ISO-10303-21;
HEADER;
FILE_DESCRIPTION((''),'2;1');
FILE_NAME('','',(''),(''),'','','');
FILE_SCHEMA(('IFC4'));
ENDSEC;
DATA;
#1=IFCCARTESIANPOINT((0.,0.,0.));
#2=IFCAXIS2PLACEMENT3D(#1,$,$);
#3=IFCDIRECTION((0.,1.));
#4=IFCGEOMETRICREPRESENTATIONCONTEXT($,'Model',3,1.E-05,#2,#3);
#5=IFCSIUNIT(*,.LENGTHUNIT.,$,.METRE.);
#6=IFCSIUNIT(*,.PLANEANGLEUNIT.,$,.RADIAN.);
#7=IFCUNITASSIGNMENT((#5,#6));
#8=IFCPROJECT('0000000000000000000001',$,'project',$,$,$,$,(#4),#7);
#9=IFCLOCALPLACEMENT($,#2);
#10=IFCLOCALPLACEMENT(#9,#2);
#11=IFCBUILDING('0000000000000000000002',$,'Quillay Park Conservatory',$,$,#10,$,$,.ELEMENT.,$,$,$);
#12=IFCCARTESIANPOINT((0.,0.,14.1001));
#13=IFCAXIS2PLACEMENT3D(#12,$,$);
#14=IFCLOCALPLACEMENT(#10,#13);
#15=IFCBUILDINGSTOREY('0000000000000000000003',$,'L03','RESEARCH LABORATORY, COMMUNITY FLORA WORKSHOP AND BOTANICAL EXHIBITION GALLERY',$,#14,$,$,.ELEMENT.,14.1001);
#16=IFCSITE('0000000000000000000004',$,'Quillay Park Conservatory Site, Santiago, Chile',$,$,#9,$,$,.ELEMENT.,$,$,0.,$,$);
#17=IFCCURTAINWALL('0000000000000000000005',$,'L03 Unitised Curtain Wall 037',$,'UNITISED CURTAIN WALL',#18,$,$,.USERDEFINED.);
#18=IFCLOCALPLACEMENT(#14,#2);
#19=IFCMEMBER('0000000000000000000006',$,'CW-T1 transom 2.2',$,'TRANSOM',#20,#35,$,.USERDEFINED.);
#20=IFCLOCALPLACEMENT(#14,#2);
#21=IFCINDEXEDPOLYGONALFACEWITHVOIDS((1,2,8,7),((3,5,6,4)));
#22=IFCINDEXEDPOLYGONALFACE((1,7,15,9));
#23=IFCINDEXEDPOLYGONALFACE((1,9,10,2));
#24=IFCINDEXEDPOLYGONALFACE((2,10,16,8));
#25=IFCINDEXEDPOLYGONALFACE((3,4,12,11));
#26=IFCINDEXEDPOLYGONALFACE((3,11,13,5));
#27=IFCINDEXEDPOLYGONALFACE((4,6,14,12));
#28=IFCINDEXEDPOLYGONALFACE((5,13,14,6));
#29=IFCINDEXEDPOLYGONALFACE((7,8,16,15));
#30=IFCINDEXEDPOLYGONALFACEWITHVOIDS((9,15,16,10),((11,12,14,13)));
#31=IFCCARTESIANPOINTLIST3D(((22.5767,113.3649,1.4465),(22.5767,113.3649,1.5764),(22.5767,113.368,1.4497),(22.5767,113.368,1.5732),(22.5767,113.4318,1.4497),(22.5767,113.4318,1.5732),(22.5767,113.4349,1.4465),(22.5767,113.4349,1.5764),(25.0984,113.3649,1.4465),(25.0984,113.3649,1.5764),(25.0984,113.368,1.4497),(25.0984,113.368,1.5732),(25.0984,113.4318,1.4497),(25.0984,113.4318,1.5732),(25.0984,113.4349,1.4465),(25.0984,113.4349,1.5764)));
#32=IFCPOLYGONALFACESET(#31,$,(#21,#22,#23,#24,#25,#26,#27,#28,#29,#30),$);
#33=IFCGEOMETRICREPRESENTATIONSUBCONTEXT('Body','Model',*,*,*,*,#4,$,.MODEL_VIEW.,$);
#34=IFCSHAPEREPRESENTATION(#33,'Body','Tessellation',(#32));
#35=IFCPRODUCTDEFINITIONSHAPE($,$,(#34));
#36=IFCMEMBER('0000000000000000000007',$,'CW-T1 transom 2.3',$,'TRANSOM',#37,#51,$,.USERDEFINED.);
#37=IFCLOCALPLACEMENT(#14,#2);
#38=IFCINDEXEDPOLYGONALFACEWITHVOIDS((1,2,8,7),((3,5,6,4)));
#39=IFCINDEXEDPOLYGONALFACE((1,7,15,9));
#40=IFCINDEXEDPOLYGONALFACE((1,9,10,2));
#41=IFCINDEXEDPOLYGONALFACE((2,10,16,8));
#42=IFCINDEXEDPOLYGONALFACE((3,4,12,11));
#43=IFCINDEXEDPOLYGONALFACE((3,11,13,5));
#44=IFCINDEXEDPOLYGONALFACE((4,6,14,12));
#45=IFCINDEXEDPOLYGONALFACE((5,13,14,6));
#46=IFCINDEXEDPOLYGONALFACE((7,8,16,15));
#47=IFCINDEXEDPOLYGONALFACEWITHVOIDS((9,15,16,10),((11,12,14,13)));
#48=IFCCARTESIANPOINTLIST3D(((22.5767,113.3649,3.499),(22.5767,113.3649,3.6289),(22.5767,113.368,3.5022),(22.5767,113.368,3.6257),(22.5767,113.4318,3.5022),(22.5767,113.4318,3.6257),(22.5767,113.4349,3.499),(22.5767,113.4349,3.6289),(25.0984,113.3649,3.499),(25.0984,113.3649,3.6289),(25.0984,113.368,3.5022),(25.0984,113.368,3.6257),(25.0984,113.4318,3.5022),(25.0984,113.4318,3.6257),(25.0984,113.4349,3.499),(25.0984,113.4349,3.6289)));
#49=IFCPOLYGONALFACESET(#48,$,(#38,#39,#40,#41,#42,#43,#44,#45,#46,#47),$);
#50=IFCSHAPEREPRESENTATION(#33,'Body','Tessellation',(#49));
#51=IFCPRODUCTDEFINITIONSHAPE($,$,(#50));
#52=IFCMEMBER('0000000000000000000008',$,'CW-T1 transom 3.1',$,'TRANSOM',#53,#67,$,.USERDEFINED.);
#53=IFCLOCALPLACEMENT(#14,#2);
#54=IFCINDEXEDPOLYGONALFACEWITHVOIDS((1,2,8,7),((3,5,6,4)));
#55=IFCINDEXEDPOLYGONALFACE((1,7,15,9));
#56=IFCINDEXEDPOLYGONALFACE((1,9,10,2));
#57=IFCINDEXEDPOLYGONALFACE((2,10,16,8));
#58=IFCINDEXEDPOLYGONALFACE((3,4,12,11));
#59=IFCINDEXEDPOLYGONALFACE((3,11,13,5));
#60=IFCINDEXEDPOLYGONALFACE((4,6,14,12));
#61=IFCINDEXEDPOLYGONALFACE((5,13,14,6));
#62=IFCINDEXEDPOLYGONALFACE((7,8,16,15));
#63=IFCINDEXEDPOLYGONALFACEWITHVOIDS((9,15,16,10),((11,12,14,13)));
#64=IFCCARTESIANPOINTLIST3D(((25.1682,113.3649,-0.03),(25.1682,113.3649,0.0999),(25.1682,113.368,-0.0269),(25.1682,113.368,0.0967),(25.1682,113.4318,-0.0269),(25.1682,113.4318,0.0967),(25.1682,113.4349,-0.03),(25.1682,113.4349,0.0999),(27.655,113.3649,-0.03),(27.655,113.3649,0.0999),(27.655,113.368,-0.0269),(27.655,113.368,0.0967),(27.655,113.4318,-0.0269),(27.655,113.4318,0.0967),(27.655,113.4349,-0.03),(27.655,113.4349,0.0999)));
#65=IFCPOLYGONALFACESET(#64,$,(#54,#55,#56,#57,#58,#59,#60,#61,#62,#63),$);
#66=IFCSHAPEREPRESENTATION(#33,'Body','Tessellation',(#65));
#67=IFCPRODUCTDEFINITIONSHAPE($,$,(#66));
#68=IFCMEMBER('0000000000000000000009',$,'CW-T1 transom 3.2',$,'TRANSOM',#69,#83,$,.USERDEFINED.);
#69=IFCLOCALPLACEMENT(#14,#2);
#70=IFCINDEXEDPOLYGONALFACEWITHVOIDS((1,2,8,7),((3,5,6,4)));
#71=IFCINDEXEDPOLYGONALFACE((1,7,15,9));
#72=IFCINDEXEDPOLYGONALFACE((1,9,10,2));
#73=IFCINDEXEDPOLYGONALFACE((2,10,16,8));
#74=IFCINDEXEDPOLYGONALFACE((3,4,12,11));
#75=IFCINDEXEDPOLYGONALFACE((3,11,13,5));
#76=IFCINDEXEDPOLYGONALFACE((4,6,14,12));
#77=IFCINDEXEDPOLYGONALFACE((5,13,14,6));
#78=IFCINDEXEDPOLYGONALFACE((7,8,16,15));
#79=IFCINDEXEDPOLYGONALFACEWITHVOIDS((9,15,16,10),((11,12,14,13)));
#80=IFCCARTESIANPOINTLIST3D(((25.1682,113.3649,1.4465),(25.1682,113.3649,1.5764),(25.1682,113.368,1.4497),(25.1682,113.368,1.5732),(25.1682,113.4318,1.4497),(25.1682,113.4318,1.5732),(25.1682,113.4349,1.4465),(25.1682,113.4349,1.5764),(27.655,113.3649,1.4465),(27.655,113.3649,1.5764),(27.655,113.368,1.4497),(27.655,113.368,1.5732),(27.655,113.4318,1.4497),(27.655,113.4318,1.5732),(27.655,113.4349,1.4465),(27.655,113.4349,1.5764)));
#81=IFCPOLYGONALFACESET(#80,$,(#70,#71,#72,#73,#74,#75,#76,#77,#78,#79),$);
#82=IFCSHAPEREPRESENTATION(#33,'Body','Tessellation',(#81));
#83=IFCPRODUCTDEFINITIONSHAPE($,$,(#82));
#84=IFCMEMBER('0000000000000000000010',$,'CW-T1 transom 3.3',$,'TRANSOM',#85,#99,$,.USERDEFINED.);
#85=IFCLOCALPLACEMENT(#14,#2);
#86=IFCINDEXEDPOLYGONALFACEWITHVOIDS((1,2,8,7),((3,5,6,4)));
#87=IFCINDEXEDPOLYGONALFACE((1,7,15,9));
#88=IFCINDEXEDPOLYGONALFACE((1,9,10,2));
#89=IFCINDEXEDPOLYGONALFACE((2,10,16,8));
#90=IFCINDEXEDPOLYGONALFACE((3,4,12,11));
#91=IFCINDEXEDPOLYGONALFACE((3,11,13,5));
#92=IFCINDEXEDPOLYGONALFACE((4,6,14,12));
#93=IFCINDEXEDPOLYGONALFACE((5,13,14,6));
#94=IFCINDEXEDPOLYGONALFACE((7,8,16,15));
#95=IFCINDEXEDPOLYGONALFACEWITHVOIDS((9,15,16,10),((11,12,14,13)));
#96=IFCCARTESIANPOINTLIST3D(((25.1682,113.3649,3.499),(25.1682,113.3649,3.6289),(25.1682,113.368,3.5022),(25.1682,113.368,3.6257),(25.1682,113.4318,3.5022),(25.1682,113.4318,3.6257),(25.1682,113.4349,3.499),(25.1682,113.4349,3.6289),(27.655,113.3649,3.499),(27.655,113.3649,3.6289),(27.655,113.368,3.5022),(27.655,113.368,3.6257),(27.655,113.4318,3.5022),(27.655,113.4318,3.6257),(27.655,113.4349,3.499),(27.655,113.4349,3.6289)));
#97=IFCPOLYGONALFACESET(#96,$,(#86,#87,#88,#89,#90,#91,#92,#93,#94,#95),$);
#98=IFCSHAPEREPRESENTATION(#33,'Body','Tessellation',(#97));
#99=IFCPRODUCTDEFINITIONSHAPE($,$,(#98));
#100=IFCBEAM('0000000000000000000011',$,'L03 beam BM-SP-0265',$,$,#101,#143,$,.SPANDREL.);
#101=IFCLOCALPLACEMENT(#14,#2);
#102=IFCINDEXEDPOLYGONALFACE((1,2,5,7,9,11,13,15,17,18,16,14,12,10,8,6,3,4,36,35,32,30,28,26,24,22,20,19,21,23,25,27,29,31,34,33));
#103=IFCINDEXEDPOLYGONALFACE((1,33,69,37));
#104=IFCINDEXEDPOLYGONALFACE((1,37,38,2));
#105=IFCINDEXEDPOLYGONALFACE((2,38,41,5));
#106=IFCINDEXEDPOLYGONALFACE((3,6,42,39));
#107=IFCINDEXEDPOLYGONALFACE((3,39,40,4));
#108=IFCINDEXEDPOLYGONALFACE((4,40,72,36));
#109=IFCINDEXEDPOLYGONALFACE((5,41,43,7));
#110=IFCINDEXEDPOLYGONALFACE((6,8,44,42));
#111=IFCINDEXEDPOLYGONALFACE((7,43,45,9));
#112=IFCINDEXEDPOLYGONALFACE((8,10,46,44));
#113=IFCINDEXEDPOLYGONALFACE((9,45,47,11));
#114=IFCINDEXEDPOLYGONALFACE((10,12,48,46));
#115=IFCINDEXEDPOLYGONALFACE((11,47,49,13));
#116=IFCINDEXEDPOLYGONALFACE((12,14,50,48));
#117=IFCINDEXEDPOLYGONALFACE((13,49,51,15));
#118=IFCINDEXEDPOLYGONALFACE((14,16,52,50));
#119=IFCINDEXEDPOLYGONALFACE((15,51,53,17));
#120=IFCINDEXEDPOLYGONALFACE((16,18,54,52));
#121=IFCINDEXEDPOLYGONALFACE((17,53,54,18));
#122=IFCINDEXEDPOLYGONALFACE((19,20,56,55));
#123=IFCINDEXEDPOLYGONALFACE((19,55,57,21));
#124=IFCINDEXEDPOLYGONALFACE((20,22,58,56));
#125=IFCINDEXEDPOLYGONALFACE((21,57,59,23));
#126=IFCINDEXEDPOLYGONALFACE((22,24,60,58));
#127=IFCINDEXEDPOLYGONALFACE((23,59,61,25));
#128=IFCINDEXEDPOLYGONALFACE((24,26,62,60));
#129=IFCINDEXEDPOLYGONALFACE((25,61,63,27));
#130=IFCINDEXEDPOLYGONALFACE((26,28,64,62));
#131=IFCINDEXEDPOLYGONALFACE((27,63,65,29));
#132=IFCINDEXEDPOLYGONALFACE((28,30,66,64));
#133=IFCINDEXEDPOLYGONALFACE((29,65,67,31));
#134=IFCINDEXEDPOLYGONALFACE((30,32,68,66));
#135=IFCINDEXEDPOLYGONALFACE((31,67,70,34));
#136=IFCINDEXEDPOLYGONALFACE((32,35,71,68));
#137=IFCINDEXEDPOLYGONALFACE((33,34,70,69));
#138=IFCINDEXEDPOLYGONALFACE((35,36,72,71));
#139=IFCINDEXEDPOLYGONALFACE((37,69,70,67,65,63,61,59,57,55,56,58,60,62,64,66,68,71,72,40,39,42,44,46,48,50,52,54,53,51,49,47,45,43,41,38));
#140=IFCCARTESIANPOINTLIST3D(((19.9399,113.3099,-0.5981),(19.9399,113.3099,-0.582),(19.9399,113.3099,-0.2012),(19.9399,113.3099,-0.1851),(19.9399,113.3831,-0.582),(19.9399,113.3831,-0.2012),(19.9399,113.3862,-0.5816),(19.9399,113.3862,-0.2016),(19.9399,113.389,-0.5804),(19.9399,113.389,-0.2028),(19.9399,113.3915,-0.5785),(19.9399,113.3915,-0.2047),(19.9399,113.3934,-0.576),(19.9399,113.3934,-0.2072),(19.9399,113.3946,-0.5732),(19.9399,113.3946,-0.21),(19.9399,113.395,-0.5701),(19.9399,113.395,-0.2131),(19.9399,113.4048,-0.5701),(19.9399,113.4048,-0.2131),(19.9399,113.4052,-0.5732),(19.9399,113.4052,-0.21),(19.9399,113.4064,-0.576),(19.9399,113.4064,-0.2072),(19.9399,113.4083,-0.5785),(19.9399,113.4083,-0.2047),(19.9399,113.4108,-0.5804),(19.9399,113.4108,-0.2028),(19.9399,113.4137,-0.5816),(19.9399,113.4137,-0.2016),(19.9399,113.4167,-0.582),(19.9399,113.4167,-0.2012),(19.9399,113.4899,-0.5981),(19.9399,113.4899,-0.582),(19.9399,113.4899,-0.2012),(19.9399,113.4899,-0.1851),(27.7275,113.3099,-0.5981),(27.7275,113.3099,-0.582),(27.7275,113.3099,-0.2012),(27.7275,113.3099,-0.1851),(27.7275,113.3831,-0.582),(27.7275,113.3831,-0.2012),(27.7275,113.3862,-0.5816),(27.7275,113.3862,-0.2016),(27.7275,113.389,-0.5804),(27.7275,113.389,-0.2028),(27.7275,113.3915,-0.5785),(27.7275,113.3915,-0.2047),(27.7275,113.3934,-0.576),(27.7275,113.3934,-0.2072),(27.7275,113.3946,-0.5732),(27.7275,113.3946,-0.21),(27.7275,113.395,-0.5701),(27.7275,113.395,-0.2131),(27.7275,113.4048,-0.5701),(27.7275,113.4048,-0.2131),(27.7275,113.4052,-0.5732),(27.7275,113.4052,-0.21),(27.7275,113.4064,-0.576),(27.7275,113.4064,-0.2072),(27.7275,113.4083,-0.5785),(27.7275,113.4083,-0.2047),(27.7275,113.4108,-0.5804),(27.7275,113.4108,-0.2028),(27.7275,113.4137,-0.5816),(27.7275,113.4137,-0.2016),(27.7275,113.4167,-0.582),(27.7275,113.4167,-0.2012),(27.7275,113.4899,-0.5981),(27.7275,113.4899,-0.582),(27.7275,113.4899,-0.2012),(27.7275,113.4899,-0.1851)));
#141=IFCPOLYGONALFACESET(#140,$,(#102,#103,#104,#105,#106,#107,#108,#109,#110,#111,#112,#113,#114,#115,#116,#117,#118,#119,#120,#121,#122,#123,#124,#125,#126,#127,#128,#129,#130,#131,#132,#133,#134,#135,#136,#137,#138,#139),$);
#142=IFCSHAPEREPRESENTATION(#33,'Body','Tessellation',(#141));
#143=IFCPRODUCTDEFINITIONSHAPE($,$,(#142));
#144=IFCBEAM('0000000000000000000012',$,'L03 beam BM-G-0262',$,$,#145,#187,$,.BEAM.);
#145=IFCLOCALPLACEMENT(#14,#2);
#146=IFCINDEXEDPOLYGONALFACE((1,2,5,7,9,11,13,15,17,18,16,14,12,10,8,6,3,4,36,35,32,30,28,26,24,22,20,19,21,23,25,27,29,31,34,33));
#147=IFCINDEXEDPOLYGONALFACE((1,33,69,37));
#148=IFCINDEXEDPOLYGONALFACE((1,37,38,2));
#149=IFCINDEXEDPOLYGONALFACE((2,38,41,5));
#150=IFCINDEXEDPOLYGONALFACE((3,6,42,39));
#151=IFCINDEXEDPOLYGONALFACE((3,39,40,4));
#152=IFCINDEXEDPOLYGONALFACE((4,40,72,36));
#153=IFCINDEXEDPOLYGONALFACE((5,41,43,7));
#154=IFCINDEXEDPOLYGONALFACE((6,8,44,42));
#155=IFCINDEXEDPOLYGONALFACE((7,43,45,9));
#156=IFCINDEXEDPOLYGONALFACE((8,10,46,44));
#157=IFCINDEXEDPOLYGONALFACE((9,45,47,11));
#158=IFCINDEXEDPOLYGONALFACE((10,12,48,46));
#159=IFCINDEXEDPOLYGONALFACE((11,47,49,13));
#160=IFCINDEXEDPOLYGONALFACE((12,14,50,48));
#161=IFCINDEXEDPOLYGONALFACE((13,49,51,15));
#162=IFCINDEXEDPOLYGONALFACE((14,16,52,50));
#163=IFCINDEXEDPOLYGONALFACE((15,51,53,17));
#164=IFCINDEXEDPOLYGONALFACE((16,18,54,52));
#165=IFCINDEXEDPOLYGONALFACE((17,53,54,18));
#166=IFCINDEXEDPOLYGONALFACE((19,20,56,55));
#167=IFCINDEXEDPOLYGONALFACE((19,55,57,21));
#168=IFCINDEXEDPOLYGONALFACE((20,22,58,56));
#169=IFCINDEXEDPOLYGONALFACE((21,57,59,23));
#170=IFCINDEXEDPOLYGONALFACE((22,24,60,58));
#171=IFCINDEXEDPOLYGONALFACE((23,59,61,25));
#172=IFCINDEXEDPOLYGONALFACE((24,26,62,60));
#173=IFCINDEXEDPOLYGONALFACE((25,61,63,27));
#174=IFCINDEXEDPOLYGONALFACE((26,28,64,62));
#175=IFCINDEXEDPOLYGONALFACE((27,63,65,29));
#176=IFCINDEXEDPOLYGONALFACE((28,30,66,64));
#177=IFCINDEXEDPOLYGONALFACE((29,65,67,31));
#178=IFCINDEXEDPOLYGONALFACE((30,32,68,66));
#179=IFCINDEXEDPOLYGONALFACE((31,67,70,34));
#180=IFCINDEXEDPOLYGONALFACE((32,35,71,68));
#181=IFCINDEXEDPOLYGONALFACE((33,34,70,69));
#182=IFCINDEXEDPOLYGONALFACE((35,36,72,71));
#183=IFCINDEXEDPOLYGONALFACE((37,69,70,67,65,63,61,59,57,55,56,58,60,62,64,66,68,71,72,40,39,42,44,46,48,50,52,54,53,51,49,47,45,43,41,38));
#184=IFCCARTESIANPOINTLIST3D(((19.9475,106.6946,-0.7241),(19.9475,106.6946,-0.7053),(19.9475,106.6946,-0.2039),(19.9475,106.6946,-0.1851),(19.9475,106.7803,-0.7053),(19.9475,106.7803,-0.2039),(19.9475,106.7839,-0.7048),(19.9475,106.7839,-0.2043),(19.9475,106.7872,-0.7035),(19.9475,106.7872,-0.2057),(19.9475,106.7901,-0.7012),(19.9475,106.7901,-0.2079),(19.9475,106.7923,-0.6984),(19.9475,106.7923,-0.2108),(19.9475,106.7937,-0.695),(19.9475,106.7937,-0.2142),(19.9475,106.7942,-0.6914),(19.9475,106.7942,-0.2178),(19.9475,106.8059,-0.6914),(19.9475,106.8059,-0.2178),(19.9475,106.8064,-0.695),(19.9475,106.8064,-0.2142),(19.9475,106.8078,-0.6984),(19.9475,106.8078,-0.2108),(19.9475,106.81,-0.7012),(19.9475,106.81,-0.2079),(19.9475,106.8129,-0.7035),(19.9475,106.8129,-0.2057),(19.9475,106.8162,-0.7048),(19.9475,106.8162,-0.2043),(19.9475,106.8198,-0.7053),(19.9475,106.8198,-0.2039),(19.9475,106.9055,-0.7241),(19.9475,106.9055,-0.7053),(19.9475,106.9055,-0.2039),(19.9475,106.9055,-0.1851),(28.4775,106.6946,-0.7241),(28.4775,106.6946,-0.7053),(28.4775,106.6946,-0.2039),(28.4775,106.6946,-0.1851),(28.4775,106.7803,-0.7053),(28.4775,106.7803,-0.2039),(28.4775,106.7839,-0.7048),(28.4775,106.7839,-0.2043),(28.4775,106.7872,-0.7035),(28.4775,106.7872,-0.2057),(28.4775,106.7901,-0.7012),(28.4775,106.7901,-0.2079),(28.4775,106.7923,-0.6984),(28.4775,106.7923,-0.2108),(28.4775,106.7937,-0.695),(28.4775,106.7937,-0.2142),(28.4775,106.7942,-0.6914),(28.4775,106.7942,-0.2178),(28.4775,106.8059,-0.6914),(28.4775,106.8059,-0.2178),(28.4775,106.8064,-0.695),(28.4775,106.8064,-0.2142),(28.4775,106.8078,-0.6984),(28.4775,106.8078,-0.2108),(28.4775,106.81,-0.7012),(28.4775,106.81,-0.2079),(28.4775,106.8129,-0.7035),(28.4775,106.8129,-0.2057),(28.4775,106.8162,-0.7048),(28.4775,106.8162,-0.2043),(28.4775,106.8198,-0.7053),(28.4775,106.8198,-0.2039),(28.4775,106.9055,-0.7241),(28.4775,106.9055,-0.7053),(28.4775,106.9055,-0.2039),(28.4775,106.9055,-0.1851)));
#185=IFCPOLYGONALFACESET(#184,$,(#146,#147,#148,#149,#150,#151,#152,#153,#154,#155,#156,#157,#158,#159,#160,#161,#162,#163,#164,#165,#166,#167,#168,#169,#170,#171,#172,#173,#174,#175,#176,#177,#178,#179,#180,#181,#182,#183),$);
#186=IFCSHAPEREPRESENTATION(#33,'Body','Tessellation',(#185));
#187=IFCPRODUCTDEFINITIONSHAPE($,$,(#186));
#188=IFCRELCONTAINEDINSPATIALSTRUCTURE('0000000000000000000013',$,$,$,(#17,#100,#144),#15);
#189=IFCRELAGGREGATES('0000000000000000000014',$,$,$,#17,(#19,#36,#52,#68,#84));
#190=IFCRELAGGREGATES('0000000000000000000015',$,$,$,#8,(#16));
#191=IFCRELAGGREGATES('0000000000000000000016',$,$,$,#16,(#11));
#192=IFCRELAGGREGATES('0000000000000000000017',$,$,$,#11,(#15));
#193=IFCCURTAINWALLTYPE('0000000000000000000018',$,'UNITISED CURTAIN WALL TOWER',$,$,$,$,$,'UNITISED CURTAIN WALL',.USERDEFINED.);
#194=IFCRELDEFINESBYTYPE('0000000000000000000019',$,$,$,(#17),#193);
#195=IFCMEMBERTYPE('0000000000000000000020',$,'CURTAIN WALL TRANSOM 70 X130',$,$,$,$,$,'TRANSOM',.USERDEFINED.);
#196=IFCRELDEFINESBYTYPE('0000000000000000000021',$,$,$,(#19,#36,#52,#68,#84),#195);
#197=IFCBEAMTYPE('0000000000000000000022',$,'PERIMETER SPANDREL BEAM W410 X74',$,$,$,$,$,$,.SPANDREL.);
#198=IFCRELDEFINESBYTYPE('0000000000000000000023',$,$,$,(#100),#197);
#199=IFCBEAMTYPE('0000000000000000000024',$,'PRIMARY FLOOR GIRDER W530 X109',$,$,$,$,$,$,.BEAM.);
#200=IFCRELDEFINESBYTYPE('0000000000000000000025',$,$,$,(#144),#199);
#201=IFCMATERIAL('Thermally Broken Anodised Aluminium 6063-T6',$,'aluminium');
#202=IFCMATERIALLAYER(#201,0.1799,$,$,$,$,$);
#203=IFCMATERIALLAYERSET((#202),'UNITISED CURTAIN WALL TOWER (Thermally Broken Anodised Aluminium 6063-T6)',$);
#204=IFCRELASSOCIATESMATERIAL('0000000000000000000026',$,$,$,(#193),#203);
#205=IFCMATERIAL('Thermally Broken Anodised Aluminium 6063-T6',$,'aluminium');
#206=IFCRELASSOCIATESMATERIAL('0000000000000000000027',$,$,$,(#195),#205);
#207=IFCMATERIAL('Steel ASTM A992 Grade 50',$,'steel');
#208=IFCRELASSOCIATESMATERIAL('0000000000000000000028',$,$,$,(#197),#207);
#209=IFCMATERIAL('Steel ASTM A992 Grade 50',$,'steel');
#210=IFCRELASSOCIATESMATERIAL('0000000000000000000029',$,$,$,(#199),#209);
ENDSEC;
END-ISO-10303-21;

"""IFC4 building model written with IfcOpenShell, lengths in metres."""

from ifc_helpers import new_model, si_unit, direction, frame, origin, origin_2d, place, context, subcontext, project, spatial, hollow_rectangle, i_section, extrude, material, layer, layer_set, material_profile, profile_set, type_object, element, aggregate, save


model = new_model("IFC4")

# Units and contexts
model_context = context("Model", 3, precision=1e-05, world=origin(), true_north=direction((0.0, 1.0)))
body_context = subcontext(model_context, "Body", "Model", "MODEL_VIEW")
ifc_project = project(units=[si_unit("LENGTHUNIT", "METRE"), si_unit("PLANEANGLEUNIT", "RADIAN")], contexts=[model_context])

# Site, building, storey
site_placement = place(None, origin())
site = spatial("IfcSite", under=ifc_project, at=site_placement, Name="Quillay Park Conservatory Site, Santiago, Chile", CompositionType="ELEMENT", RefElevation=0.0)
building_placement = place(site_placement, origin())
building = spatial("IfcBuilding", under=site, at=building_placement, Name="Quillay Park Conservatory", CompositionType="ELEMENT")
storey_placement = place(building_placement, frame((0.0, 0.0, 14.1001)))
storey = spatial("IfcBuildingStorey", under=building, at=storey_placement, Name="L03", Description="RESEARCH LABORATORY, COMMUNITY FLORA WORKSHOP AND BOTANICAL EXHIBITION GALLERY", CompositionType="ELEMENT", Elevation=14.1001)

# Curtain wall, members
ifc_material_1 = material(Name="Thermally Broken Anodised Aluminium 6063-T6", Category="aluminium")
ifc_layer_1 = layer(ifc_material_1, 0.1799)
ifc_layer_set_1 = layer_set([ifc_layer_1], Name="UNITISED CURTAIN WALL TOWER (Thermally Broken Anodised Aluminium 6063-T6)")
curtain_wall_type = type_object("IfcCurtainWallType", Name="UNITISED CURTAIN WALL TOWER", ElementType="UNITISED CURTAIN WALL", PredefinedType="USERDEFINED", material=ifc_layer_set_1)
curtain_wall_placement = place(storey_placement, origin())
curtain_wall = element("IfcCurtainWall", 1, at=curtain_wall_placement, inside=storey, type_object=curtain_wall_type, Name="L03 Unitised Curtain Wall 037", ObjectType="UNITISED CURTAIN WALL", PredefinedType="USERDEFINED")
ifc_material_2 = material(Name="Thermally Broken Anodised Aluminium 6063-T6", Category="aluminium")
ifc_material_profile_1 = material_profile(ifc_material_2, hollow_rectangle(XDim=0.0701, YDim=0.1299, WallThickness=0.0032, at=origin_2d()), Name="AL70x130x3.2")
ifc_profile_set_1 = profile_set([ifc_material_profile_1], Name="Thermally Broken Anodised Aluminium 6063-T6")
member_type_1 = type_object("IfcMemberType", Name="CURTAIN WALL TRANSOM 70 X130", ElementType="TRANSOM", PredefinedType="USERDEFINED", material=ifc_profile_set_1)
member_1_placement = place(storey_placement, frame((22.5767, 113.3999, 1.5115), z_axis=(1.0, 0.0, 0.0), x_axis=(0.0, 1.0, 0.0)))
member_1 = element("IfcMember", 2, at=member_1_placement, type_object=member_type_1, Name="CW-T1 transom 2.2", ObjectType="TRANSOM", PredefinedType="USERDEFINED", context=body_context, shape_type="SweptSolid", body=[
    extrude(hollow_rectangle(XDim=0.0701, YDim=0.1299, WallThickness=0.0032, at=origin_2d()), origin(), (0.0, 0.0, 1.0), 2.5217),
])
member_2_placement = place(storey_placement, frame((22.5767, 113.3999, 3.564), z_axis=(1.0, 0.0, 0.0), x_axis=(0.0, 1.0, 0.0)))
member_2 = element("IfcMember", 3, at=member_2_placement, type_object=member_type_1, Name="CW-T1 transom 2.3", ObjectType="TRANSOM", PredefinedType="USERDEFINED", context=body_context, shape_type="SweptSolid", body=[
    extrude(hollow_rectangle(XDim=0.0701, YDim=0.1299, WallThickness=0.0032, at=origin_2d()), origin(), (0.0, 0.0, 1.0), 2.5217),
])
member_3_placement = place(storey_placement, frame((25.1682, 113.3999, 0.0349), z_axis=(1.0, 0.0, 0.0), x_axis=(0.0, 1.0, 0.0)))
member_3 = element("IfcMember", 4, at=member_3_placement, type_object=member_type_1, Name="CW-T1 transom 3.1", ObjectType="TRANSOM", PredefinedType="USERDEFINED", context=body_context, shape_type="SweptSolid", body=[
    extrude(hollow_rectangle(XDim=0.0701, YDim=0.1299, WallThickness=0.0032, at=origin_2d()), origin(), (0.0, 0.0, 1.0), 2.4868),
])
member_4_placement = place(storey_placement, frame((25.1682, 113.3999, 1.5115), z_axis=(1.0, 0.0, 0.0), x_axis=(0.0, 1.0, 0.0)))
member_4 = element("IfcMember", 5, at=member_4_placement, type_object=member_type_1, Name="CW-T1 transom 3.2", ObjectType="TRANSOM", PredefinedType="USERDEFINED", context=body_context, shape_type="SweptSolid", body=[
    extrude(hollow_rectangle(XDim=0.0701, YDim=0.1299, WallThickness=0.0032, at=origin_2d()), origin(), (0.0, 0.0, 1.0), 2.4868),
])
member_5_placement = place(storey_placement, frame((25.1682, 113.3999, 3.564), z_axis=(1.0, 0.0, 0.0), x_axis=(0.0, 1.0, 0.0)))
member_5 = element("IfcMember", 6, at=member_5_placement, type_object=member_type_1, Name="CW-T1 transom 3.3", ObjectType="TRANSOM", PredefinedType="USERDEFINED", context=body_context, shape_type="SweptSolid", body=[
    extrude(hollow_rectangle(XDim=0.0701, YDim=0.1299, WallThickness=0.0032, at=origin_2d()), origin(), (0.0, 0.0, 1.0), 2.4868),
])

# Beams
ifc_material_3 = material(Name="Steel ASTM A992 Grade 50", Category="steel")
ifc_material_profile_2 = material_profile(ifc_material_3, i_section(OverallWidth=0.1799, OverallDepth=0.4131, WebThickness=0.0098, FlangeThickness=0.0161, FilletRadius=0.012, at=origin_2d()), Name="W410x74")
ifc_profile_set_2 = profile_set([ifc_material_profile_2], Name="Steel ASTM A992 Grade 50")
beam_type_1 = type_object("IfcBeamType", Name="PERIMETER SPANDREL BEAM W410 X74", PredefinedType="SPANDREL", material=ifc_profile_set_2)
beam_1_placement = place(storey_placement, frame((19.9399, 113.3999, -0.3916), z_axis=(1.0, 0.0, 0.0), x_axis=(0.0, 1.0, 0.0)))
element("IfcBeam", 7, at=beam_1_placement, inside=storey, type_object=beam_type_1, Name="L03 beam BM-SP-0265", PredefinedType="SPANDREL", context=body_context, shape_type="SweptSolid", body=[
    extrude(i_section(OverallWidth=0.1799, OverallDepth=0.4131, WebThickness=0.0098, FlangeThickness=0.0161, FilletRadius=0.012, at=origin_2d()), origin(), (0.0, 0.0, 1.0), 7.7876),
])
ifc_material_4 = material(Name="Steel ASTM A992 Grade 50", Category="steel")
ifc_material_profile_3 = material_profile(ifc_material_4, i_section(OverallWidth=0.2109, OverallDepth=0.5391, WebThickness=0.0117, FlangeThickness=0.0188, FilletRadius=0.0139, at=origin_2d()), Name="W530x109")
ifc_profile_set_3 = profile_set([ifc_material_profile_3], Name="Steel ASTM A992 Grade 50")
beam_type_2 = type_object("IfcBeamType", Name="PRIMARY FLOOR GIRDER W530 X109", PredefinedType="BEAM", material=ifc_profile_set_3)
beam_2_placement = place(storey_placement, frame((19.9475, 106.8, -0.4546), z_axis=(1.0, 0.0, 0.0), x_axis=(0.0, 1.0, 0.0)))
element("IfcBeam", 8, at=beam_2_placement, inside=storey, type_object=beam_type_2, Name="L03 beam BM-G-0262", PredefinedType="BEAM", context=body_context, shape_type="SweptSolid", body=[
    extrude(i_section(OverallWidth=0.2109, OverallDepth=0.5391, WebThickness=0.0117, FlangeThickness=0.0188, FilletRadius=0.0139, at=origin_2d()), origin(), (0.0, 0.0, 1.0), 8.53),
])

aggregate(curtain_wall, [member_1, member_2, member_3, member_4, member_5])

save(model, "model.ifc")
